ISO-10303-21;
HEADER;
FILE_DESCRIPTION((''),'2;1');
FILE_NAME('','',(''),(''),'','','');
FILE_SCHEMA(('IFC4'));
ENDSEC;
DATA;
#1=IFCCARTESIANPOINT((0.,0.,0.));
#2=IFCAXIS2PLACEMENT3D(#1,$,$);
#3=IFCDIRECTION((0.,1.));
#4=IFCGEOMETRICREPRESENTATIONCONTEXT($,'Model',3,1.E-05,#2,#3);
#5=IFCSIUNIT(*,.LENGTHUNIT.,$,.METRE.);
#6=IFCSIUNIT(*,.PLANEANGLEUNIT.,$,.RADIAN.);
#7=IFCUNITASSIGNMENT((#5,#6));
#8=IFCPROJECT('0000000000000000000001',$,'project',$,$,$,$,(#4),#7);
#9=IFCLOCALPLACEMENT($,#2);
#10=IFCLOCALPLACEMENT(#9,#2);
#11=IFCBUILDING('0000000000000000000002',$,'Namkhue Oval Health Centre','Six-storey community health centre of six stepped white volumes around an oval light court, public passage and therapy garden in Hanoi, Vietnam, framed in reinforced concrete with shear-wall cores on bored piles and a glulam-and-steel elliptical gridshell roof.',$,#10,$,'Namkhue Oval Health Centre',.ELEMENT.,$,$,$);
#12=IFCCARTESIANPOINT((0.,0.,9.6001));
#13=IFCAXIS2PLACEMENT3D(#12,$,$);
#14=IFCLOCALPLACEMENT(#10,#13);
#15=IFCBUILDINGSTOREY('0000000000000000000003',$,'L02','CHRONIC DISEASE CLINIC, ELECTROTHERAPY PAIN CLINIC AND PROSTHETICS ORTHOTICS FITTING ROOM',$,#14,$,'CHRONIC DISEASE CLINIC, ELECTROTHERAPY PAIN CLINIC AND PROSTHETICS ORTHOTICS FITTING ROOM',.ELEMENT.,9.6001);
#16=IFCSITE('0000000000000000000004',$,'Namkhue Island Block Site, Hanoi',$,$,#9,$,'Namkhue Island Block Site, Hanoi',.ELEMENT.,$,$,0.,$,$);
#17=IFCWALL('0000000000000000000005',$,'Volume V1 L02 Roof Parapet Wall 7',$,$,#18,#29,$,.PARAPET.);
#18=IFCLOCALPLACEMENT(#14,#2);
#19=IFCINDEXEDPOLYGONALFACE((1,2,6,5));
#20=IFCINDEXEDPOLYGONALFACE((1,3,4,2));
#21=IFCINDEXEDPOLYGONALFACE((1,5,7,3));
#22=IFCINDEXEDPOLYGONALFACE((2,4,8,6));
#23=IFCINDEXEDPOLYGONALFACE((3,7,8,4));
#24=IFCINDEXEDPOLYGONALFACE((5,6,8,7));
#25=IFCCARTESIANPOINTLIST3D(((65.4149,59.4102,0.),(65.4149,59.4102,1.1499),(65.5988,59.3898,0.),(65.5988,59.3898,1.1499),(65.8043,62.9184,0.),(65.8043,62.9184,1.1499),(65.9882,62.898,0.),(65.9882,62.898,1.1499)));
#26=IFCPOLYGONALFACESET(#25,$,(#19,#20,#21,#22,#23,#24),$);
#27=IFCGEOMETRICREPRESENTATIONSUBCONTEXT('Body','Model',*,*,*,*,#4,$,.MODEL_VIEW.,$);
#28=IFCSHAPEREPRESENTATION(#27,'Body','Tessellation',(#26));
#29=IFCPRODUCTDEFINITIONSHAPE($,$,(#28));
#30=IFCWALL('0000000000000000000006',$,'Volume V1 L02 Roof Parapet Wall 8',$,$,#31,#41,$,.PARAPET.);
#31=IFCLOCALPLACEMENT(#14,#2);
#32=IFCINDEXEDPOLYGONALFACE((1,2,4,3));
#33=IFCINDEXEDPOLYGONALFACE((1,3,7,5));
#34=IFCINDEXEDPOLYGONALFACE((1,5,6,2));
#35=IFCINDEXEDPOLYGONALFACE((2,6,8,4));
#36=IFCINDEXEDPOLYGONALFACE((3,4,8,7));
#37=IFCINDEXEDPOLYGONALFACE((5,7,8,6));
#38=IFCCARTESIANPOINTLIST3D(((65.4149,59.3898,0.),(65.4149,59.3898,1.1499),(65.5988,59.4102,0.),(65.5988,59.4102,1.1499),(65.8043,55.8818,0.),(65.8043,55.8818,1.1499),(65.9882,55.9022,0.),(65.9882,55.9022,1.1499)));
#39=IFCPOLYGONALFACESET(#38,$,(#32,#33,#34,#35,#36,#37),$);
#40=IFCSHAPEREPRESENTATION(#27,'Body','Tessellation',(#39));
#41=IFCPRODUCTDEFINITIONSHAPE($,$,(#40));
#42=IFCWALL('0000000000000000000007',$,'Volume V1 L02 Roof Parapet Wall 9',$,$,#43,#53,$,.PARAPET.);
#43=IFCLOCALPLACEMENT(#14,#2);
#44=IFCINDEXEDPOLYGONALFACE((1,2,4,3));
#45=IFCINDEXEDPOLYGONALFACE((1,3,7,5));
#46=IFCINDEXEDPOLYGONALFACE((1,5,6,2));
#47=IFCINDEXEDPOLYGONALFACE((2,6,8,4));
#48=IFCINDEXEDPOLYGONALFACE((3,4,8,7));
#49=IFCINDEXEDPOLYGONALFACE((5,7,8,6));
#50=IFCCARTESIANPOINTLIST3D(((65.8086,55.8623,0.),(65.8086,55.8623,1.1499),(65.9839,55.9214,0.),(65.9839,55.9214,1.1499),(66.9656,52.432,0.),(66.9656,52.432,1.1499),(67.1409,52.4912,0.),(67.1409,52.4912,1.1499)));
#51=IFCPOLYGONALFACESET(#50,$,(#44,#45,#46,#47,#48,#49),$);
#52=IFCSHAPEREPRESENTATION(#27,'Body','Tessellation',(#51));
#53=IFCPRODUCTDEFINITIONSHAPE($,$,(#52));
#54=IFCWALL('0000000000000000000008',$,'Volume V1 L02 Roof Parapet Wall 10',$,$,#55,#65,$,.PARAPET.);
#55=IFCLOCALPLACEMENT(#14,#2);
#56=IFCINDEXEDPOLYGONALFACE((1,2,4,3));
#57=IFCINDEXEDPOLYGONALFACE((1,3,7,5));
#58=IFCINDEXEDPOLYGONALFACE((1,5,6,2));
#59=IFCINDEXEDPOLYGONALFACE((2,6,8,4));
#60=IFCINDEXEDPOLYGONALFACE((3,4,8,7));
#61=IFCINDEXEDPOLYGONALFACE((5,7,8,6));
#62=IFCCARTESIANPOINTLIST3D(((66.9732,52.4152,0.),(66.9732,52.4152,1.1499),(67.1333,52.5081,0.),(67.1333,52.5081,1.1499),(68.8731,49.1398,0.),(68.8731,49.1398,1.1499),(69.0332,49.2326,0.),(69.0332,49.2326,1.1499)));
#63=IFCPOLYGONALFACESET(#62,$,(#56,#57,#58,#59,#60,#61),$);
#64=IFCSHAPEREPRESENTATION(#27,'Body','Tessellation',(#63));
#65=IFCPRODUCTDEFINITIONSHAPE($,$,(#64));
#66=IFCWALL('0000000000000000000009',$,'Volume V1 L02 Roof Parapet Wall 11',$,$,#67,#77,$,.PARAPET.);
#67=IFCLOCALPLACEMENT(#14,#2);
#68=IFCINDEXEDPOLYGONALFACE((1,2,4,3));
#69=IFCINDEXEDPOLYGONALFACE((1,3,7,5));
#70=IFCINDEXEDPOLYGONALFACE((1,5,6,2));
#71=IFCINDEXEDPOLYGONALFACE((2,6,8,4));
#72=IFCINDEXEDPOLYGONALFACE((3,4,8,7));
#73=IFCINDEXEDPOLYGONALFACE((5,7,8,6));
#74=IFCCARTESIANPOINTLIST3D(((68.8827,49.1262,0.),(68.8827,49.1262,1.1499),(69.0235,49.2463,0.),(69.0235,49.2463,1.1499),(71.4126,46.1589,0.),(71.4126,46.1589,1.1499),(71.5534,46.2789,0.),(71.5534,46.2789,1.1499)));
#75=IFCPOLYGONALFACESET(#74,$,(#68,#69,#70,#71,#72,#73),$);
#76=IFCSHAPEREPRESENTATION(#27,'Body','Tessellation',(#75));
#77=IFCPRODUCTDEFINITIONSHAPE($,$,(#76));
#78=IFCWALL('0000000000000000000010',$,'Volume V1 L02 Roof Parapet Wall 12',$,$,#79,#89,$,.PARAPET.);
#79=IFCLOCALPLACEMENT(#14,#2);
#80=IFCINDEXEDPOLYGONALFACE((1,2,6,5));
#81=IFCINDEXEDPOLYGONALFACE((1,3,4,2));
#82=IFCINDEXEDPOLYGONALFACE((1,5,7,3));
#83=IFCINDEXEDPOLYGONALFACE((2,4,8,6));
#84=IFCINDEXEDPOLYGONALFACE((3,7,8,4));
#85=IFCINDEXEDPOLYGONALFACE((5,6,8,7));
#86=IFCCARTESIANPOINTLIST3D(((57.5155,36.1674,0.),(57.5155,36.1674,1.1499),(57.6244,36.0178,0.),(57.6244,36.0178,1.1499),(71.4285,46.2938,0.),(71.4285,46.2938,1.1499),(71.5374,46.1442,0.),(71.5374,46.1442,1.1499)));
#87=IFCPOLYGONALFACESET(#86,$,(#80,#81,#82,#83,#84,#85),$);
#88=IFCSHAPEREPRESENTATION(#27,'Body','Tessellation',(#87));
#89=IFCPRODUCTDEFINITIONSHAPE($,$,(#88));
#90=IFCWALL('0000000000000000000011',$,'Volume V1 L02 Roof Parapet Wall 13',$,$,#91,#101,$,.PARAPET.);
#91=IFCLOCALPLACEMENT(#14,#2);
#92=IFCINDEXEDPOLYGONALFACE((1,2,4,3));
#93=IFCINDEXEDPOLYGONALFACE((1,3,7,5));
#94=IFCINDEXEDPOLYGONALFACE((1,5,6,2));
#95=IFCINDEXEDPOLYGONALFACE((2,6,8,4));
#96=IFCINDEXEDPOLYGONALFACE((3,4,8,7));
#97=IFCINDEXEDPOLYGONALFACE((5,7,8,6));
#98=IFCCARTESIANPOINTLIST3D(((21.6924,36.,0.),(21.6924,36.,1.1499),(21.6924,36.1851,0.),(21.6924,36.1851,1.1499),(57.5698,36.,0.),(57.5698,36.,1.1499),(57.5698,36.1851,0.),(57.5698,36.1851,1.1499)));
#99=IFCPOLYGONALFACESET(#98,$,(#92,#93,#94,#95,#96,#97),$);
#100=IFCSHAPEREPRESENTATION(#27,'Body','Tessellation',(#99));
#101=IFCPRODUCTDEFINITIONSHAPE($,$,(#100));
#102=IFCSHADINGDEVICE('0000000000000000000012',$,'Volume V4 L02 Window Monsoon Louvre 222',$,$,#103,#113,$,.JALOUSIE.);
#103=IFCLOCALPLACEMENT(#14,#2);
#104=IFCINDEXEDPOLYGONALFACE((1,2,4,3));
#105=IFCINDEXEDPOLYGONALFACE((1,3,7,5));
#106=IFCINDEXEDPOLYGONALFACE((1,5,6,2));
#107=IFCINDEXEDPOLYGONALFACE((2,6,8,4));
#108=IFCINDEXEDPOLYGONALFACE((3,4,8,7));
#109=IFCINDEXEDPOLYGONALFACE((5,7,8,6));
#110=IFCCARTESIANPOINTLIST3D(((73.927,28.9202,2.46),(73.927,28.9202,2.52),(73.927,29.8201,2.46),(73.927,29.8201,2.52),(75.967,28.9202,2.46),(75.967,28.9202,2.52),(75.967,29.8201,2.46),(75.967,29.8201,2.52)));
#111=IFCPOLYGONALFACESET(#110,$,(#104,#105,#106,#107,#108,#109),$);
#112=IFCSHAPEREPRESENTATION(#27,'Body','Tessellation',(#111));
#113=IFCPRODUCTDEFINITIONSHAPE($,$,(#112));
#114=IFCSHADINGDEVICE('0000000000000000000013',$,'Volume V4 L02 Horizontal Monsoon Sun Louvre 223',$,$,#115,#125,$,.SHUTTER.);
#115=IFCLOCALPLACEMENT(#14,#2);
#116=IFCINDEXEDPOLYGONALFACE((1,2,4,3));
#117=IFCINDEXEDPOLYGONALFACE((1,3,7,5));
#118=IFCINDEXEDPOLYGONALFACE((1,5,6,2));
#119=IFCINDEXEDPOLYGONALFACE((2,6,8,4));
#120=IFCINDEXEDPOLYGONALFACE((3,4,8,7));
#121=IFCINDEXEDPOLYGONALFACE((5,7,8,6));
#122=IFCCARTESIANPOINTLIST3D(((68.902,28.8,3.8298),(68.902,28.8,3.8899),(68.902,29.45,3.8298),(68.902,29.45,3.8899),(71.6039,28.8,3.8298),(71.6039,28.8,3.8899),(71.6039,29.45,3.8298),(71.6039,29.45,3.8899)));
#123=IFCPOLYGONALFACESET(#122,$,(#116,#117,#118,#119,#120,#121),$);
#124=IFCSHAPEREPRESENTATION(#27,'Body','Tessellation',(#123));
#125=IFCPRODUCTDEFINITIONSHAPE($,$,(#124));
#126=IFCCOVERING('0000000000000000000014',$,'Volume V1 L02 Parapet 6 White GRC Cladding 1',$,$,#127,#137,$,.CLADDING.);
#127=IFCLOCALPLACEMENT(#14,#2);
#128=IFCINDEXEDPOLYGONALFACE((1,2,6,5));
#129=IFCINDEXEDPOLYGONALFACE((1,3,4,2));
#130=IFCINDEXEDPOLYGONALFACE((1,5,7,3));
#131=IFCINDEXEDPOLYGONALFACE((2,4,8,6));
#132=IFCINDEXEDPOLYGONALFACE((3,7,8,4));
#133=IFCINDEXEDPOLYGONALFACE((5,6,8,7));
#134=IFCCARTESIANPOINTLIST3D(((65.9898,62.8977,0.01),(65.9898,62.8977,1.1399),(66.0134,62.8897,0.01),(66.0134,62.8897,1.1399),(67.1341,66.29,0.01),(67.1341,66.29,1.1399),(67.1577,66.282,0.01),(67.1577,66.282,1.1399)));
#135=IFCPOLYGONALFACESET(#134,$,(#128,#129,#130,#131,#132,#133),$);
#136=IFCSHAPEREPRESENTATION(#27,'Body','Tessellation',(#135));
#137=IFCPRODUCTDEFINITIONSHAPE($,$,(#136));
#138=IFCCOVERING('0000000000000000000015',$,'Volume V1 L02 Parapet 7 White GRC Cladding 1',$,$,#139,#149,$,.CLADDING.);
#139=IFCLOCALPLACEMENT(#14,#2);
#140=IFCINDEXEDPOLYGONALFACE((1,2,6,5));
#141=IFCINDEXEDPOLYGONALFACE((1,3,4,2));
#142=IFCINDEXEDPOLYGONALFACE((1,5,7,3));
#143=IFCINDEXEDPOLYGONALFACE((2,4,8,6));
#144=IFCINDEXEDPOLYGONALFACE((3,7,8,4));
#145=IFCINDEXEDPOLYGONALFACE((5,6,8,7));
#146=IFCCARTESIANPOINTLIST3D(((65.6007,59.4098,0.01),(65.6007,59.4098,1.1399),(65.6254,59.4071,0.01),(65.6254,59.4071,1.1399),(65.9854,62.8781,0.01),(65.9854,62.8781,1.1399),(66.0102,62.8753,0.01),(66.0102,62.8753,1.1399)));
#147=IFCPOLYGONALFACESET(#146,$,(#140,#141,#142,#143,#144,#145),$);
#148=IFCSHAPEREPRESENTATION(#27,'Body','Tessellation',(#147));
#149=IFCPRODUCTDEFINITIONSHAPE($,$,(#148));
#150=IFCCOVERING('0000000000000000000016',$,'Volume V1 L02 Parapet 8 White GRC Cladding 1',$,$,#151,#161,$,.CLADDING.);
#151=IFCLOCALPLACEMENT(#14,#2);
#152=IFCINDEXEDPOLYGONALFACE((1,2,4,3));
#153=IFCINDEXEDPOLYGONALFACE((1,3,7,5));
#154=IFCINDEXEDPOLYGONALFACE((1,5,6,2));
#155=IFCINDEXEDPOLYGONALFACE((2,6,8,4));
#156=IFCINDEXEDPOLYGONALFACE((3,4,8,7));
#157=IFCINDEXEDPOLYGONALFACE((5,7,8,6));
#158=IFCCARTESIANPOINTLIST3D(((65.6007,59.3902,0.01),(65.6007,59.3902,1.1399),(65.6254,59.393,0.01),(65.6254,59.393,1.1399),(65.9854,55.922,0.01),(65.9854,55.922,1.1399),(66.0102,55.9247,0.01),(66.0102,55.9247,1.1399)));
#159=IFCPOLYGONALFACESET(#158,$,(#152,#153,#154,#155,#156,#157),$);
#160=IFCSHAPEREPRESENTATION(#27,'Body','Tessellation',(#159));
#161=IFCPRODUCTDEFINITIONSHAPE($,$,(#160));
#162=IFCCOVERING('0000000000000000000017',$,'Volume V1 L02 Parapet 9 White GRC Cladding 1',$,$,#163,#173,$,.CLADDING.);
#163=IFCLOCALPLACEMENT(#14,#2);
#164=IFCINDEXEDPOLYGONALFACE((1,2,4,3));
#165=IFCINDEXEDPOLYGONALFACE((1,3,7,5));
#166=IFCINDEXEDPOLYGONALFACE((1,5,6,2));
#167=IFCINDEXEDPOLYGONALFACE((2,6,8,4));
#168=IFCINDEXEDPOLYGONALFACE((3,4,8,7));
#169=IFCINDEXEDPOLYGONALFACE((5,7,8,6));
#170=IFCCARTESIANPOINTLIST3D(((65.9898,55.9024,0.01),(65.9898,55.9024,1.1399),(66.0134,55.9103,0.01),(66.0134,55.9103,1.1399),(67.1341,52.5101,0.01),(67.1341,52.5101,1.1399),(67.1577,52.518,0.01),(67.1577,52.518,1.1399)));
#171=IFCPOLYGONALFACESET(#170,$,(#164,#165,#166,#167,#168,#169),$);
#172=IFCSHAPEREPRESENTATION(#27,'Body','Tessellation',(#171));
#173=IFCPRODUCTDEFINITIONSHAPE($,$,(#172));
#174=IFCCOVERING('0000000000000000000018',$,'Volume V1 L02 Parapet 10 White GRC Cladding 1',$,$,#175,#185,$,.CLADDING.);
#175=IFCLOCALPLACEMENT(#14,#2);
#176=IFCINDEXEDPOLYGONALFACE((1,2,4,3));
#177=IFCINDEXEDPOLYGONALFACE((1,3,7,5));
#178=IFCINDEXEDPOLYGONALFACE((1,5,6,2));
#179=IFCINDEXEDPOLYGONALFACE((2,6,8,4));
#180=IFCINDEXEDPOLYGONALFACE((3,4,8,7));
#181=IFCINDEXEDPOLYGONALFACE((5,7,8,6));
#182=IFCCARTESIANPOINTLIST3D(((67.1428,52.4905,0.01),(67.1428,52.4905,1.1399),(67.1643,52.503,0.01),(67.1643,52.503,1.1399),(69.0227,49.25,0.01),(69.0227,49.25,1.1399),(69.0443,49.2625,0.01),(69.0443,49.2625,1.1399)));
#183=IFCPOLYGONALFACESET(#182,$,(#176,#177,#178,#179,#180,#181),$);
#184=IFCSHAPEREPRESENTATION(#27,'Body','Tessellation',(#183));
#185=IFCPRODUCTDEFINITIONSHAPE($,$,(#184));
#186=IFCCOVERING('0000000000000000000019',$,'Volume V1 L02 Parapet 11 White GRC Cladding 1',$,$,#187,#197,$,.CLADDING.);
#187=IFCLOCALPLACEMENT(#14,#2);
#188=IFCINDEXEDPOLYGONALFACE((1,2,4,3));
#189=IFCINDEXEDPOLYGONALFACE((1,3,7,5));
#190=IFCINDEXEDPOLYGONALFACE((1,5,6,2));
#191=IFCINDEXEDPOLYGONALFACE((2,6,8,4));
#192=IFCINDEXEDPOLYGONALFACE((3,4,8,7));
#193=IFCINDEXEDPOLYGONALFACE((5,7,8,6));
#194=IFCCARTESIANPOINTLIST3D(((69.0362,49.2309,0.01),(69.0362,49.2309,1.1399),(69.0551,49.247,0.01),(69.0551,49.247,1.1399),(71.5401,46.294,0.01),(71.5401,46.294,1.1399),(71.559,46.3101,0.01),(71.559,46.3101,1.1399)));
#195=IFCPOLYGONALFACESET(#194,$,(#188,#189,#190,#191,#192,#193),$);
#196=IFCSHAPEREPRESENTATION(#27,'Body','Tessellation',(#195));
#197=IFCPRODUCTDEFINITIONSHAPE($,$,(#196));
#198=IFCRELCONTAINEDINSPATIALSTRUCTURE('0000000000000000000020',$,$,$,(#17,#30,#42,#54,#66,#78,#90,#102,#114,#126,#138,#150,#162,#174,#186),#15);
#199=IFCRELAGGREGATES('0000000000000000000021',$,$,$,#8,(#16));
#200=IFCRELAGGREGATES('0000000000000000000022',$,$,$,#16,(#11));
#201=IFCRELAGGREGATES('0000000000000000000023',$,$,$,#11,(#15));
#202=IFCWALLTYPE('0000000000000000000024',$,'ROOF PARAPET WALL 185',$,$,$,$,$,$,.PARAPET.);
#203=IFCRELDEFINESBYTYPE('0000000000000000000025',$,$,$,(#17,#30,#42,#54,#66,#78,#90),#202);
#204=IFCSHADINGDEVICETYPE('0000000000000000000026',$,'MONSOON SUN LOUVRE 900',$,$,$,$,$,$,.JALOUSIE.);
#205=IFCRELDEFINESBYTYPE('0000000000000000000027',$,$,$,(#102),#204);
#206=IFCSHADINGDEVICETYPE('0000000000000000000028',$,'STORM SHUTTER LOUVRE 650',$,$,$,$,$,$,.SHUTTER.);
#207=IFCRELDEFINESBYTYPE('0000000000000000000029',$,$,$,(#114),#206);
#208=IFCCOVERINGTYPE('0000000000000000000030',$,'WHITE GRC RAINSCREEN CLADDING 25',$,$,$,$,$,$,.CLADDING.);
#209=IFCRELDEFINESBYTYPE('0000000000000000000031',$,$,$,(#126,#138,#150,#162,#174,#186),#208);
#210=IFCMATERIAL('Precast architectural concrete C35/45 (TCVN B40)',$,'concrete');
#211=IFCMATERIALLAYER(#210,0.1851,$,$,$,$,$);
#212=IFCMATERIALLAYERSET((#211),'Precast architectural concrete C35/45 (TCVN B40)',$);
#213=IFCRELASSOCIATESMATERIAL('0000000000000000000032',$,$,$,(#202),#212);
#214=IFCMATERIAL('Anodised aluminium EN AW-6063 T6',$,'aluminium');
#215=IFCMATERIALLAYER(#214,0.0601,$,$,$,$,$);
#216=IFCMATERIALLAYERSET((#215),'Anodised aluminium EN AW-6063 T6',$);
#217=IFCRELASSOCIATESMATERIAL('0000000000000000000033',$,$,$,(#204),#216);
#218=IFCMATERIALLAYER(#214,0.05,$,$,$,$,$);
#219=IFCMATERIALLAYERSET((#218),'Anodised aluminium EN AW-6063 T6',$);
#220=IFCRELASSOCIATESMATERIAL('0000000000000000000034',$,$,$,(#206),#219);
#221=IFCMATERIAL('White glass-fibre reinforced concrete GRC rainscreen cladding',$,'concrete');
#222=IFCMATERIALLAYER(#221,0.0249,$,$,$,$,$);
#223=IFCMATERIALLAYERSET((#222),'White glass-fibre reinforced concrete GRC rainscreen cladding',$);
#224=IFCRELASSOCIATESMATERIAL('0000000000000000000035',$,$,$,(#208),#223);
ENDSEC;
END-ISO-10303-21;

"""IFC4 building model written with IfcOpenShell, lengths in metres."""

from ifc_helpers import new_model, si_unit, direction, frame, frame_2d, origin, origin_2d, place, context, subcontext, project, spatial, rectangle, extrude, material, layer, layer_set, type_object, element, save


model = new_model("IFC4")

# Units and contexts
model_context = context("Model", 3, precision=1e-05, world=origin(), true_north=direction((0.0, 1.0)))
body_context = subcontext(model_context, "Body", "Model", "MODEL_VIEW")
ifc_project = project(units=[si_unit("LENGTHUNIT", "METRE"), si_unit("PLANEANGLEUNIT", "RADIAN")], contexts=[model_context])

# Site, building, storey
site_placement = place(None, origin())
site = spatial("IfcSite", under=ifc_project, at=site_placement, Name="Namkhue Island Block Site, Hanoi", LongName="Namkhue Island Block Site, Hanoi", CompositionType="ELEMENT", RefElevation=0.0)
building_placement = place(site_placement, origin())
building = spatial("IfcBuilding", under=site, at=building_placement, Name="Namkhue Oval Health Centre", Description="Six-storey community health centre of six stepped white volumes around an oval light court, public passage and therapy garden in Hanoi, Vietnam, framed in reinforced concrete with shear-wall cores on bored piles and a glulam-and-steel elliptical gridshell roof.", LongName="Namkhue Oval Health Centre", CompositionType="ELEMENT")
storey_placement = place(building_placement, frame((0.0, 0.0, 9.6001)))
storey = spatial("IfcBuildingStorey", under=building, at=storey_placement, Name="L02", Description="CHRONIC DISEASE CLINIC, ELECTROTHERAPY PAIN CLINIC AND PROSTHETICS ORTHOTICS FITTING ROOM", LongName="CHRONIC DISEASE CLINIC, ELECTROTHERAPY PAIN CLINIC AND PROSTHETICS ORTHOTICS FITTING ROOM", CompositionType="ELEMENT", Elevation=9.6001)

# Walls
ifc_material_1 = material(Name="Precast architectural concrete C35/45 (TCVN B40)", Category="concrete")
ifc_layer_1 = layer(ifc_material_1, 0.1851)
ifc_layer_set_1 = layer_set([ifc_layer_1], Name="Precast architectural concrete C35/45 (TCVN B40)")
wall_type = type_object("IfcWallType", Name="ROOF PARAPET WALL 185", PredefinedType="PARAPET", material=ifc_layer_set_1)
wall_1_placement = place(storey_placement, frame((65.8962, 62.9082, 0.0), z_axis=(0.0, 0.0, 1.0), x_axis=(-0.110318, -0.993896, 0.0)))
element("IfcWall", 1, at=wall_1_placement, inside=storey, type_object=wall_type, Name="Volume V1 L02 Roof Parapet Wall 7", PredefinedType="PARAPET", context=body_context, shape_type="SweptSolid", body=[
    extrude(rectangle(XDim=3.5298, YDim=0.1851, at=frame_2d((1.7649, 0.0))), origin(), (0.0, 0.0, 1.0), 1.1499),
])
wall_2_placement = place(storey_placement, frame((65.5068, 59.3999, 0.0), z_axis=(0.0, 0.0, 1.0), x_axis=(0.110325, -0.993896, 0.0)))
element("IfcWall", 2, at=wall_2_placement, inside=storey, type_object=wall_type, Name="Volume V1 L02 Roof Parapet Wall 8", PredefinedType="PARAPET", context=body_context, shape_type="SweptSolid", body=[
    extrude(rectangle(XDim=3.5295, YDim=0.1851, at=frame_2d((1.7646, 0.0))), origin(), (0.0, 0.0, 1.0), 1.1499),
])
wall_3_placement = place(storey_placement, frame((65.8962, 55.8918, 0.0), z_axis=(0.0, 0.0, 1.0), x_axis=(0.319605, -0.947551, 0.0)))
element("IfcWall", 3, at=wall_3_placement, inside=storey, type_object=wall_type, Name="Volume V1 L02 Roof Parapet Wall 9", PredefinedType="PARAPET", context=body_context, shape_type="SweptSolid", body=[
    extrude(rectangle(XDim=3.6201, YDim=0.1851, at=frame_2d((1.8101, 0.0))), origin(), (0.0, 0.0, 1.0), 1.1499),
])
wall_4_placement = place(storey_placement, frame((67.0532, 52.4617, 0.0), z_axis=(0.0, 0.0, 1.0), x_axis=(0.501753, -0.865011, 0.0)))
element("IfcWall", 4, at=wall_4_placement, inside=storey, type_object=wall_type, Name="Volume V1 L02 Roof Parapet Wall 10", PredefinedType="PARAPET", context=body_context, shape_type="SweptSolid", body=[
    extrude(rectangle(XDim=3.7866, YDim=0.1851, at=frame_2d((1.8933, 0.0))), origin(), (0.0, 0.0, 1.0), 1.1499),
])
wall_5_placement = place(storey_placement, frame((68.9531, 49.1863, 0.0), z_axis=(0.0, 0.0, 1.0), x_axis=(0.648778, -0.760978, 0.0)))
element("IfcWall", 5, at=wall_5_placement, inside=storey, type_object=wall_type, Name="Volume V1 L02 Roof Parapet Wall 11", PredefinedType="PARAPET", context=body_context, shape_type="SweptSolid", body=[
    extrude(rectangle(XDim=3.8994, YDim=0.1851, at=frame_2d((1.9497, 0.0))), origin(), (0.0, 0.0, 1.0), 1.1499),
])
wall_6_placement = place(storey_placement, frame((71.4829, 46.219, 0.0), z_axis=(0.0, 0.0, 1.0), x_axis=(-0.808519, -0.58847, 0.0)))
element("IfcWall", 6, at=wall_6_placement, inside=storey, type_object=wall_type, Name="Volume V1 L02 Roof Parapet Wall 12", PredefinedType="PARAPET", context=body_context, shape_type="SweptSolid", body=[
    extrude(rectangle(XDim=17.208, YDim=0.1851, at=frame_2d((8.604, 0.0))), origin(), (0.0, 0.0, 1.0), 1.1499),
])
wall_7_placement = place(storey_placement, frame((57.5698, 36.0925, 0.0), z_axis=(0.0, 0.0, 1.0), x_axis=(-1.0, 0.0, 0.0)))
element("IfcWall", 7, at=wall_7_placement, inside=storey, type_object=wall_type, Name="Volume V1 L02 Roof Parapet Wall 13", PredefinedType="PARAPET", context=body_context, shape_type="SweptSolid", body=[
    extrude(rectangle(XDim=35.8774, YDim=0.1851, at=frame_2d((17.9387, 0.0))), origin(), (0.0, 0.0, 1.0), 1.1499),
])

# Shading devices
ifc_material_2 = material(Name="Anodised aluminium EN AW-6063 T6", Category="aluminium")
ifc_layer_2 = layer(ifc_material_2, 0.0601)
ifc_layer_set_2 = layer_set([ifc_layer_2], Name="Anodised aluminium EN AW-6063 T6")
shading_device_type_1 = type_object("IfcShadingDeviceType", Name="MONSOON SUN LOUVRE 900", PredefinedType="JALOUSIE", material=ifc_layer_set_2)
shading_device_1_placement = place(storey_placement, frame((74.947, 29.3701, 2.46), z_axis=(0.0, 0.0, 1.0), x_axis=(-1.0, 0.0, 0.0)))
element("IfcShadingDevice", 8, at=shading_device_1_placement, inside=storey, type_object=shading_device_type_1, Name="Volume V4 L02 Window Monsoon Louvre 222", PredefinedType="JALOUSIE", context=body_context, shape_type="SweptSolid", body=[
    extrude(rectangle(XDim=2.04, YDim=0.8999, at=origin_2d()), origin(), (0.0, 0.0, 1.0), 0.0601),
])
ifc_layer_3 = layer(ifc_material_2, 0.05)
ifc_layer_set_3 = layer_set([ifc_layer_3], Name="Anodised aluminium EN AW-6063 T6")
shading_device_type_2 = type_object("IfcShadingDeviceType", Name="STORM SHUTTER LOUVRE 650", PredefinedType="SHUTTER", material=ifc_layer_set_3)
shading_device_2_placement = place(storey_placement, frame((70.2529, 29.125, 3.8298), z_axis=(0.0, 0.0, 1.0), x_axis=(-1.0, 0.0, 0.0)))
element("IfcShadingDevice", 9, at=shading_device_2_placement, inside=storey, type_object=shading_device_type_2, Name="Volume V4 L02 Horizontal Monsoon Sun Louvre 223", PredefinedType="SHUTTER", context=body_context, shape_type="SweptSolid", body=[
    extrude(rectangle(XDim=2.7019, YDim=0.6499, at=origin_2d()), origin(), (0.0, 0.0, 1.0), 0.0601),
])

# Coverings
ifc_material_3 = material(Name="White glass-fibre reinforced concrete GRC rainscreen cladding", Category="concrete")
ifc_layer_4 = layer(ifc_material_3, 0.0249)
ifc_layer_set_4 = layer_set([ifc_layer_4], Name="White glass-fibre reinforced concrete GRC rainscreen cladding")
covering_type = type_object("IfcCoveringType", Name="WHITE GRC RAINSCREEN CLADDING 25", PredefinedType="CLADDING", material=ifc_layer_set_4)
covering_1_placement = place(storey_placement, frame((66.5737, 64.5898, 0.01), z_axis=(0.0, 0.0, 1.0), x_axis=(-0.319621, -0.947546, 0.0)))
element("IfcCovering", 10, at=covering_1_placement, inside=storey, type_object=covering_type, Name="Volume V1 L02 Parapet 6 White GRC Cladding 1", PredefinedType="CLADDING", context=body_context, shape_type="SweptSolid", body=[
    extrude(rectangle(XDim=3.5801, YDim=0.0249, at=origin_2d()), origin(), (0.0, 0.0, 1.0), 1.1299),
])
for number, where, z_axis, x_axis, name in (
    (11, (65.8054, 61.1426, 0.01), (0.0, 0.0, 1.0), (-0.110255, -0.993903, 0.0), "Volume V1 L02 Parapet 7 White GRC Cladding 1"),
    (12, (65.8054, 57.6575, 0.01), (0.0, 0.0, 1.0), (0.110255, -0.993903, 0.0), "Volume V1 L02 Parapet 8 White GRC Cladding 1"),
):
    element("IfcCovering", number, at=place(storey_placement, frame(where, z_axis=z_axis, x_axis=x_axis)), inside=storey, type_object=covering_type, Name=name, PredefinedType="CLADDING", context=body_context, shape_type="SweptSolid", body=[
        extrude(rectangle(XDim=3.4895, YDim=0.0249, at=origin_2d()), origin(), (0.0, 0.0, 1.0), 1.1299),
    ])
covering_2_placement = place(storey_placement, frame((66.5737, 54.2102, 0.01), z_axis=(0.0, 0.0, 1.0), x_axis=(0.319621, -0.947546, 0.0)))
element("IfcCovering", 13, at=covering_2_placement, inside=storey, type_object=covering_type, Name="Volume V1 L02 Parapet 9 White GRC Cladding 1", PredefinedType="CLADDING", context=body_context, shape_type="SweptSolid", body=[
    extrude(rectangle(XDim=3.5801, YDim=0.0249, at=origin_2d()), origin(), (0.0, 0.0, 1.0), 1.1299),
])
covering_3_placement = place(storey_placement, frame((68.0935, 50.8765, 0.01), z_axis=(0.0, 0.0, 1.0), x_axis=(0.501813, -0.864976, 0.0)))
element("IfcCovering", 14, at=covering_3_placement, inside=storey, type_object=covering_type, Name="Volume V1 L02 Parapet 10 White GRC Cladding 1", PredefinedType="CLADDING", context=body_context, shape_type="SweptSolid", body=[
    extrude(rectangle(XDim=3.7463, YDim=0.0249, at=origin_2d()), origin(), (0.0, 0.0, 1.0), 1.1299),
])
covering_4_placement = place(storey_placement, frame((70.2976, 47.7705, 0.01), z_axis=(0.0, 0.0, 1.0), x_axis=(0.648784, -0.760972, 0.0)))
element("IfcCovering", 15, at=covering_4_placement, inside=storey, type_object=covering_type, Name="Volume V1 L02 Parapet 11 White GRC Cladding 1", PredefinedType="CLADDING", context=body_context, shape_type="SweptSolid", body=[
    extrude(rectangle(XDim=3.8594, YDim=0.0249, at=origin_2d()), origin(), (0.0, 0.0, 1.0), 1.1299),
])

save(model, "model.ifc")
